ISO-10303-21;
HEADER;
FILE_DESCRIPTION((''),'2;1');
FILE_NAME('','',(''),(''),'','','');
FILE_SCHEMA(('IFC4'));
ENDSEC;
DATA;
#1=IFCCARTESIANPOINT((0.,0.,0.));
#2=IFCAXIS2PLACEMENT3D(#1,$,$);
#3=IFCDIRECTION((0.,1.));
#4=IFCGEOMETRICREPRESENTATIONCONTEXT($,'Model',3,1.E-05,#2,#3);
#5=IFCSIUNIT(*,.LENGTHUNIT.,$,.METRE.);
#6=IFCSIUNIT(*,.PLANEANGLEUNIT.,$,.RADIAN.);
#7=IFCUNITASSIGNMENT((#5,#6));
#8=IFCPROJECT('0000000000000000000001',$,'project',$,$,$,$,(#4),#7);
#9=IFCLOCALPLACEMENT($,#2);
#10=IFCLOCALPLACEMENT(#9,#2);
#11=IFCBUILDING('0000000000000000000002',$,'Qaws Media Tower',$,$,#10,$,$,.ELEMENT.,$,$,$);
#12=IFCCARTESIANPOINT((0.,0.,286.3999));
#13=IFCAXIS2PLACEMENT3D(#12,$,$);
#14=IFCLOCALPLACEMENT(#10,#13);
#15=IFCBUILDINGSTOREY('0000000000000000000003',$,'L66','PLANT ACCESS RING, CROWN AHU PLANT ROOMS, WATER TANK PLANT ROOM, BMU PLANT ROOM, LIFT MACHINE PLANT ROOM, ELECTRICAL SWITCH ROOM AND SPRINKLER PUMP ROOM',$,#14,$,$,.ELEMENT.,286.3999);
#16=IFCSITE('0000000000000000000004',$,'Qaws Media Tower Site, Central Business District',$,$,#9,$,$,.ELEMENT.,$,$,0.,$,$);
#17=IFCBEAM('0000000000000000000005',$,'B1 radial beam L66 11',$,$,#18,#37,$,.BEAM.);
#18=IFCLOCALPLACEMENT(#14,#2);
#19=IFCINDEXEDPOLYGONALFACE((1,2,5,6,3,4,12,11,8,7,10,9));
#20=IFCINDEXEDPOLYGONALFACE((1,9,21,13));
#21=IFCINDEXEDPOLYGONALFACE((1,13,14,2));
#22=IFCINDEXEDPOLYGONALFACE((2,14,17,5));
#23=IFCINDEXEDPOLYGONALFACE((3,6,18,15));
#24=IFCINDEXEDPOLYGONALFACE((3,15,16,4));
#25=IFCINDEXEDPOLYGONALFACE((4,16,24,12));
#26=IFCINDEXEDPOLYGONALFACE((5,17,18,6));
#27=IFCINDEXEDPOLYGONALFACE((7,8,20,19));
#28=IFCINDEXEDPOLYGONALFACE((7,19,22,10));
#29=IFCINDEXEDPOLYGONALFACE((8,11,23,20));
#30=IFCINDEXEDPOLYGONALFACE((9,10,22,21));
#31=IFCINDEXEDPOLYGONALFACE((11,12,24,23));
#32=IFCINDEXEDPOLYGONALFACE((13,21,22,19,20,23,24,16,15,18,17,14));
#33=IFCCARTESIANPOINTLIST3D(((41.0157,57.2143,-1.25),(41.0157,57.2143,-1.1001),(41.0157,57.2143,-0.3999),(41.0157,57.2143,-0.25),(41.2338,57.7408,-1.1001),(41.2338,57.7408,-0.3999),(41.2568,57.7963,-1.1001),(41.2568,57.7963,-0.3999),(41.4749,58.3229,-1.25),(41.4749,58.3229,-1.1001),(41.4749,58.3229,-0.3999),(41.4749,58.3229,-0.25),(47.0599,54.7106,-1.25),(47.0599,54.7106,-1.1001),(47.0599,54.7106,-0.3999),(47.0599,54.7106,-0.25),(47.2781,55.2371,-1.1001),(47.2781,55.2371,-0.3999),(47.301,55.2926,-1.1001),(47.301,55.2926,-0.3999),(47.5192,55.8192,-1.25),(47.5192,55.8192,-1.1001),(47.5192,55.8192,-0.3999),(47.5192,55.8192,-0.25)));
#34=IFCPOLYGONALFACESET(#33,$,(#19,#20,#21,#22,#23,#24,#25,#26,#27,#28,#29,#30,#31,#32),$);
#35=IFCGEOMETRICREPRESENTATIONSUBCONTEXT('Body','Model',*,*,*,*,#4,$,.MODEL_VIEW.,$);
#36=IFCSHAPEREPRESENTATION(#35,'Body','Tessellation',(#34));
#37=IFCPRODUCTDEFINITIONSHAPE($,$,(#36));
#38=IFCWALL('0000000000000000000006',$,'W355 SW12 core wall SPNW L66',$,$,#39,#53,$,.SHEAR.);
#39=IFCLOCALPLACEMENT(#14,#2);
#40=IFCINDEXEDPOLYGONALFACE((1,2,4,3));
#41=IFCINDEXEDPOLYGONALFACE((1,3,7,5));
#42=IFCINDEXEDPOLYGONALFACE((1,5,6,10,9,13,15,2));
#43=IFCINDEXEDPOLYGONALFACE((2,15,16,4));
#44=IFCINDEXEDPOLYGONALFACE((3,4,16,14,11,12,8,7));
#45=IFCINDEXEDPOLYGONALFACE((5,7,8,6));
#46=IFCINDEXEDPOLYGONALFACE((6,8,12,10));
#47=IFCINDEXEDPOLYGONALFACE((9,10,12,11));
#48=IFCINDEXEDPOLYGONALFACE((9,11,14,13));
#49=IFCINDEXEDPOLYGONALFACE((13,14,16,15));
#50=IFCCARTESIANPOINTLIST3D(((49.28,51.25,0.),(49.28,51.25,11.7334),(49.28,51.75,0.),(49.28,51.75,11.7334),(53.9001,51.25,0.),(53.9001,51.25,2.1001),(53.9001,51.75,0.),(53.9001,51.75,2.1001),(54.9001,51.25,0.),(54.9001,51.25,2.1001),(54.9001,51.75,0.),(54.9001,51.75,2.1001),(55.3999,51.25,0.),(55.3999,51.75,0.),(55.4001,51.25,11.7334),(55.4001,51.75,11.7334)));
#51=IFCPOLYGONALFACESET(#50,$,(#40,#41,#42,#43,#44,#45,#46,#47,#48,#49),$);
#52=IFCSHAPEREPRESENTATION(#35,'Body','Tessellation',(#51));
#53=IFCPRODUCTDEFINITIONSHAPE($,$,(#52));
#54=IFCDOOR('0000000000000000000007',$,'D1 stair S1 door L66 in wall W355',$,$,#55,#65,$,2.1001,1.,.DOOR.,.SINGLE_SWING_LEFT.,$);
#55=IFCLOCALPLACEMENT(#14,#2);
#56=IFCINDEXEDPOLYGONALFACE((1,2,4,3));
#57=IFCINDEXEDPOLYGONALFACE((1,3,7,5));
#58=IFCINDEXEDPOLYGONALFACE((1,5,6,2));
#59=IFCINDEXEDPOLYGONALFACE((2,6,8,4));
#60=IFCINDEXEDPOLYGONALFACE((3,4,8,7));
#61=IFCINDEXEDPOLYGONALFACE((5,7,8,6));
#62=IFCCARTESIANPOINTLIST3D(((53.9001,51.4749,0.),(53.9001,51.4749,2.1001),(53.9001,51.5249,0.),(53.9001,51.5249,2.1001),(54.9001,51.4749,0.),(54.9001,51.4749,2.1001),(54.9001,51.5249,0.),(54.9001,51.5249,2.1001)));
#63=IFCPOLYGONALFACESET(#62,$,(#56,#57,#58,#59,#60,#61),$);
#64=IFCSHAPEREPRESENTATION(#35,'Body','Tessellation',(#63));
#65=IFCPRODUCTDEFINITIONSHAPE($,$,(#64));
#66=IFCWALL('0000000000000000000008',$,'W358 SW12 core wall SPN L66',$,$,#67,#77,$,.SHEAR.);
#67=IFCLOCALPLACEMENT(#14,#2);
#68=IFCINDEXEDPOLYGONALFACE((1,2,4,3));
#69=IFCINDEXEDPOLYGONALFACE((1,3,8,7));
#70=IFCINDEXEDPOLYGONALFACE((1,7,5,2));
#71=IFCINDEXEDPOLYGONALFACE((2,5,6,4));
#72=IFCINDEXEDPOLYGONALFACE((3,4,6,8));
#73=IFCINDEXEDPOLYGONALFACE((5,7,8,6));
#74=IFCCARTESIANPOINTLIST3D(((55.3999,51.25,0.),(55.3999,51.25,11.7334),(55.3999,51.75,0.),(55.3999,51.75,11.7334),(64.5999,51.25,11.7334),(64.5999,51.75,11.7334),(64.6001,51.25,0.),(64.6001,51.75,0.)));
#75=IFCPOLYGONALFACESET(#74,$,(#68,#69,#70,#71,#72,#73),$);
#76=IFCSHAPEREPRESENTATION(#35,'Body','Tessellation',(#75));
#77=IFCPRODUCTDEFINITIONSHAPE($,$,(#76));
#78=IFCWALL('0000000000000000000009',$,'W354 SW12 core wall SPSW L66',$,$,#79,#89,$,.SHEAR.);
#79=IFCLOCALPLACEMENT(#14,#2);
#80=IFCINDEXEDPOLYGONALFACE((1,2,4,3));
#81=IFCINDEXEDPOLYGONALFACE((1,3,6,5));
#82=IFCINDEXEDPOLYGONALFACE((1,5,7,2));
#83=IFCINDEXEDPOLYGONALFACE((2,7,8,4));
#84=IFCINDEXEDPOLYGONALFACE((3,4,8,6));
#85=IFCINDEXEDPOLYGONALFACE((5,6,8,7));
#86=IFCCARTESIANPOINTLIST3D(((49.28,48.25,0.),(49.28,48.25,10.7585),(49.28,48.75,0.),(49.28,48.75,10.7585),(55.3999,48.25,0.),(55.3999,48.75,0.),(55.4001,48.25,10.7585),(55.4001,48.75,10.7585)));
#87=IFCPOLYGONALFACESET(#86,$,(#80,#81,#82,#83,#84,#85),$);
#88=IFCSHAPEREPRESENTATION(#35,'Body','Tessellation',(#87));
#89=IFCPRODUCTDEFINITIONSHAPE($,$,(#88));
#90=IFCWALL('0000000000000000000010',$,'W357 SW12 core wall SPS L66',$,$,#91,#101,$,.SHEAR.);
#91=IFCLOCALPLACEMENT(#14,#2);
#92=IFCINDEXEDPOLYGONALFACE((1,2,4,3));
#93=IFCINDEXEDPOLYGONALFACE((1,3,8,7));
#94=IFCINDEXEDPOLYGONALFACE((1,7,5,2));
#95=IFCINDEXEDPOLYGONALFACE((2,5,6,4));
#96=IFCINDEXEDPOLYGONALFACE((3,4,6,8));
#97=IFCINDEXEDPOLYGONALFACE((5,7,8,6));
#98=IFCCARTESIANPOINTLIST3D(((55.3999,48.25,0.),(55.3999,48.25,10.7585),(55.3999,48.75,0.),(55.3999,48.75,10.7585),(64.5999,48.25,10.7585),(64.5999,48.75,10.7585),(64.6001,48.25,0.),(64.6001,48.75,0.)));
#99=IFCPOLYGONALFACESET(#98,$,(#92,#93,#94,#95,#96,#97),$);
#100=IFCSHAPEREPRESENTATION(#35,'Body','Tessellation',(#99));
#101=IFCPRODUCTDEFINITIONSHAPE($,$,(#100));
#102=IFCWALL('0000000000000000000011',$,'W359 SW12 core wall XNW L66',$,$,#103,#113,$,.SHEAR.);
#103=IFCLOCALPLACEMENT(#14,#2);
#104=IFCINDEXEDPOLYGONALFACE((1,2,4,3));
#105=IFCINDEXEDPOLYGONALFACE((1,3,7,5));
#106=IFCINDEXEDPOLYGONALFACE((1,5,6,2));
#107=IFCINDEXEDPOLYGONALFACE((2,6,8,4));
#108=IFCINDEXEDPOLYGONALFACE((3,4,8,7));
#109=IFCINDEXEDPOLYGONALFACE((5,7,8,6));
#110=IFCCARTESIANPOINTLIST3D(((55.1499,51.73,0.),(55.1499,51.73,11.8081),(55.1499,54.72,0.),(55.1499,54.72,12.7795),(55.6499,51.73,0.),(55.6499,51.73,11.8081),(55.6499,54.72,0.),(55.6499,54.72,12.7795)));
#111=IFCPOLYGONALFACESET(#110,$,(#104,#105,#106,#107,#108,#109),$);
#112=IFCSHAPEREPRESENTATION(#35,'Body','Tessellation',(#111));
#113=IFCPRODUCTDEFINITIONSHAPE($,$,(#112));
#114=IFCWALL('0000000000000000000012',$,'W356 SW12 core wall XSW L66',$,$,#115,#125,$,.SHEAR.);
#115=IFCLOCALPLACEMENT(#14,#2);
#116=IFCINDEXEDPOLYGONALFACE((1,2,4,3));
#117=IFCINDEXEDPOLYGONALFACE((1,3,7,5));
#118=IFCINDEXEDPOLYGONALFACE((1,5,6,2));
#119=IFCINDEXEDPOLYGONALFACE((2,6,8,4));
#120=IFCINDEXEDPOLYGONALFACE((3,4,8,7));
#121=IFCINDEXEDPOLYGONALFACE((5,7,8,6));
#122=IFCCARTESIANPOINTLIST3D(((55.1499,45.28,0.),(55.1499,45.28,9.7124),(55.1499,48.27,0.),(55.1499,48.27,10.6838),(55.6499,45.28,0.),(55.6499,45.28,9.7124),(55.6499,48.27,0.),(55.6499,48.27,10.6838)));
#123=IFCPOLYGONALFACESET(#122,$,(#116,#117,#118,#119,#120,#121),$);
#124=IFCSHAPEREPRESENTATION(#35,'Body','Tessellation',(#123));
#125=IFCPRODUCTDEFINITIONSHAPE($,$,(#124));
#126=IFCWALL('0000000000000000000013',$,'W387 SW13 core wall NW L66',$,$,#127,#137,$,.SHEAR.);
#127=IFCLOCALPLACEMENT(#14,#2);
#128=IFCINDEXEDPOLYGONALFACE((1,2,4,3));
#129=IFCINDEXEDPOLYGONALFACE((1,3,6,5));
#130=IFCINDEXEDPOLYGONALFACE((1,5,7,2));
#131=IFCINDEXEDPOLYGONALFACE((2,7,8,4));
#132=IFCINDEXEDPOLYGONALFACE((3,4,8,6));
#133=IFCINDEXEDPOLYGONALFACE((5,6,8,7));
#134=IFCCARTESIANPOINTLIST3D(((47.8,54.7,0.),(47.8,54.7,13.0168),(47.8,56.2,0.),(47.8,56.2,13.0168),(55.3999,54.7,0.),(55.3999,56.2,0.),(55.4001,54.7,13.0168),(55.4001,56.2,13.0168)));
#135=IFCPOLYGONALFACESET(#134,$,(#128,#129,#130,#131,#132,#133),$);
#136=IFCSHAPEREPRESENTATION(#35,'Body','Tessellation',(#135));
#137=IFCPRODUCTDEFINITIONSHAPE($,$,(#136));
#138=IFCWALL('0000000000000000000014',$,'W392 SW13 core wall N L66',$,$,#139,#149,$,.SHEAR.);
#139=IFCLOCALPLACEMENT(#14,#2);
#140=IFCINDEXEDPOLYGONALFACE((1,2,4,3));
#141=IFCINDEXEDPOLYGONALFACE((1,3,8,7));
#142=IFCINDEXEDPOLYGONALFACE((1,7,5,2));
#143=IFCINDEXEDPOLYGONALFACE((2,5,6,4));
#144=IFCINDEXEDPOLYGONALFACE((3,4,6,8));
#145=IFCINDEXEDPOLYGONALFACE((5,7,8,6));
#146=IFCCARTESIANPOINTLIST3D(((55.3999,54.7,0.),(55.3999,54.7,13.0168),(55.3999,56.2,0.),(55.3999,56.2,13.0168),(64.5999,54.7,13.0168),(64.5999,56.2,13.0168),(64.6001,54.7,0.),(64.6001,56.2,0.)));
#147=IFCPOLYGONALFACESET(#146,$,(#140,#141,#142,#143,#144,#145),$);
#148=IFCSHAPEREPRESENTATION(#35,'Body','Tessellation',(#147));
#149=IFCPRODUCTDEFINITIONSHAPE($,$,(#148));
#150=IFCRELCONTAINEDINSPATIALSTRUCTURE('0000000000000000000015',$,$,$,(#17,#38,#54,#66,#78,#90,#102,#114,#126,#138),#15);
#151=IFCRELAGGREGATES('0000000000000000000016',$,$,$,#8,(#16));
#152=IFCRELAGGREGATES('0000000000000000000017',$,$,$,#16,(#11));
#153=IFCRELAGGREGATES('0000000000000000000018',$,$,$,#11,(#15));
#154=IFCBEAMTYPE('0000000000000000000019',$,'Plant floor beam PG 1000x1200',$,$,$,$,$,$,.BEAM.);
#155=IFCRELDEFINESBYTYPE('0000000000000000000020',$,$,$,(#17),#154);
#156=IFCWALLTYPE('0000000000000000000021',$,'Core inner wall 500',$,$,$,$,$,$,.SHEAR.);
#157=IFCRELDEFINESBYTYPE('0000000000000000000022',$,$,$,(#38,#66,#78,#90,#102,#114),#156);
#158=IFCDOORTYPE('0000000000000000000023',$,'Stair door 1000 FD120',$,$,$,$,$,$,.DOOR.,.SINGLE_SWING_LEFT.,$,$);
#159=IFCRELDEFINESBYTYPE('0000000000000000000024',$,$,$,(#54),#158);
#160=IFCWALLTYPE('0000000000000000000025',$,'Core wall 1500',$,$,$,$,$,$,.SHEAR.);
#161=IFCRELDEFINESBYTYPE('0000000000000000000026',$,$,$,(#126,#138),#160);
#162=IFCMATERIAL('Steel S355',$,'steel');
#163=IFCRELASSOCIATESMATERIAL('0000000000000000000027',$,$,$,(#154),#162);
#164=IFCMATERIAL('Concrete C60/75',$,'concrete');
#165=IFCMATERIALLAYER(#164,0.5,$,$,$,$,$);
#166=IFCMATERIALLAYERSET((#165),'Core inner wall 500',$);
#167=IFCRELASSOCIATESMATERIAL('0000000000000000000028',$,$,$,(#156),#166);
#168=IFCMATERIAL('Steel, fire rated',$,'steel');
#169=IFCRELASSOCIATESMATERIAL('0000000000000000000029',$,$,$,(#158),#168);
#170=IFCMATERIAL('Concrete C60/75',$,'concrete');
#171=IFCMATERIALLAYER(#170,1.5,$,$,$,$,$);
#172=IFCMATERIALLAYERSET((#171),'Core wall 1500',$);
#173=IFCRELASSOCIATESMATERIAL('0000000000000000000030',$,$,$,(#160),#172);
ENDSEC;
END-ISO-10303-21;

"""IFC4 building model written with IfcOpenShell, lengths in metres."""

from ifc_helpers import new_model, si_unit, direction, frame, frame_2d, origin, origin_2d, place, context, subcontext, project, spatial, polyline, rectangle, i_section, outline, extrude, material, layer, layer_set, material_profile, profile_set, type_object, element, fill, save


model = new_model("IFC4")

# Units and contexts
model_context = context("Model", 3, precision=1e-05, world=origin(), true_north=direction((0.0, 1.0)))
body_context = subcontext(model_context, "Body", "Model", "MODEL_VIEW")
ifc_project = project(units=[si_unit("LENGTHUNIT", "METRE"), si_unit("PLANEANGLEUNIT", "RADIAN")], contexts=[model_context])

# Site, building, storey
site_placement = place(None, origin())
site = spatial("IfcSite", under=ifc_project, at=site_placement, Name="Qaws Media Tower Site, Central Business District", CompositionType="ELEMENT", RefElevation=0.0)
building_placement = place(site_placement, origin())
building = spatial("IfcBuilding", under=site, at=building_placement, Name="Qaws Media Tower", CompositionType="ELEMENT")
storey_placement = place(building_placement, frame((0.0, 0.0, 286.3999)))
storey = spatial("IfcBuildingStorey", under=building, at=storey_placement, Name="L66", Description="PLANT ACCESS RING, CROWN AHU PLANT ROOMS, WATER TANK PLANT ROOM, BMU PLANT ROOM, LIFT MACHINE PLANT ROOM, ELECTRICAL SWITCH ROOM AND SPRINKLER PUMP ROOM", CompositionType="ELEMENT", Elevation=286.3999)

# Beam
ifc_material_1 = material(Name="Steel S355", Category="steel")
ifc_material_profile_1 = material_profile(ifc_material_1, i_section(OverallWidth=1.2, OverallDepth=1.0, WebThickness=0.0601, FlangeThickness=0.1499, at=origin_2d()), Name="PG 1000x1200")
ifc_profile_set_1 = profile_set([ifc_material_profile_1], Name="Steel S355")
beam_type_1 = type_object("IfcBeamType", Name="Plant floor beam PG 1000x1200", PredefinedType="BEAM", material=ifc_profile_set_1)
beam_1_placement = place(storey_placement, frame((47.2896, 55.2649, -0.75), z_axis=(-0.923875, 0.382693, 0.0), x_axis=(-0.382693, -0.923875, 0.0)))
element("IfcBeam", 1, at=beam_1_placement, inside=storey, type_object=beam_type_1, Name="B1 radial beam L66 11", PredefinedType="BEAM", context=body_context, shape_type="SweptSolid", body=[
    extrude(i_section(OverallWidth=1.2, OverallDepth=1.0, WebThickness=0.0601, FlangeThickness=0.1499, at=origin_2d()), origin(), (0.0, 0.0, 1.0), 6.5422),
])

# Wall, opening, door
ifc_material_2 = material(Name="Concrete C60/75", Category="concrete")
ifc_layer_1 = layer(ifc_material_2, 0.5)
ifc_layer_set_1 = layer_set([ifc_layer_1], Name="Core inner wall 500")
wall_type_1 = type_object("IfcWallType", Name="Core inner wall 500", PredefinedType="SHEAR", material=ifc_layer_set_1)
wall_1_placement = place(storey_placement, frame((49.28, 51.5, 0.0), z_axis=(0.0, 0.0, 1.0), x_axis=(1.0, 0.0, 0.0)))
wall_1 = element("IfcWall", 2, at=wall_1_placement, inside=storey, type_object=wall_type_1, Name="W355 SW12 core wall SPNW L66", PredefinedType="SHEAR", context=body_context, shape_type="SweptSolid", body=[
    extrude(outline(polyline([(0.0, 0.0), (6.1199, 0.0), (6.1201, 11.7334), (0.0, 11.7334), (0.0, 0.0)])), frame((0.0, 0.25, 0.0), z_axis=(0.0, -1.0, 0.0), x_axis=(1.0, 0.0, 0.0)), (0.0, 0.0, 1.0), 0.5),
])
opening_1_placement = place(wall_1_placement, frame((4.6201, 0.0, 0.0)))
opening_1 = element("IfcOpeningElement", 3, at=opening_1_placement, cuts=wall_1, PredefinedType="OPENING", context=body_context, shape_type="SweptSolid", body=[
    extrude(rectangle(XDim=1.0, YDim=2.1001, at=frame_2d((0.5, 1.05))), frame((0.0, 0.26, 0.0), z_axis=(0.0, -1.0, 0.0), x_axis=(1.0, 0.0, 0.0)), (0.0, 0.0, 1.0), 0.52),
])
ifc_material_3 = material(Name="Steel, fire rated", Category="steel")
door_type_1 = type_object("IfcDoorType", Name="Stair door 1000 FD120", OperationType="SINGLE_SWING_LEFT", PredefinedType="DOOR", material=ifc_material_3)
door_1_placement = place(opening_1_placement, origin())
door_1 = element("IfcDoor", 4, at=door_1_placement, inside=storey, type_object=door_type_1, Name="D1 stair S1 door L66 in wall W355", OperationType="SINGLE_SWING_LEFT", OverallHeight=2.1001, OverallWidth=1.0, PredefinedType="DOOR", context=body_context, shape_type="SweptSolid", body=[
    extrude(rectangle(XDim=1.0, YDim=2.1001, at=frame_2d((0.5, 1.05))), frame((0.0, 0.0249, 0.0), z_axis=(0.0, -1.0, 0.0), x_axis=(1.0, 0.0, 0.0)), (0.0, 0.0, 1.0), 0.05),
])
fill(opening_1, door_1)

# Walls
wall_2_placement = place(storey_placement, frame((55.3999, 51.5, 0.0), z_axis=(0.0, 0.0, 1.0), x_axis=(1.0, 0.0, 0.0)))
element("IfcWall", 5, at=wall_2_placement, inside=storey, type_object=wall_type_1, Name="W358 SW12 core wall SPN L66", PredefinedType="SHEAR", context=body_context, shape_type="SweptSolid", body=[
    extrude(outline(polyline([(0.0, 0.0), (9.2002, 0.0), (9.2, 11.7334), (0.0, 11.7334), (0.0, 0.0)])), frame((0.0, 0.25, 0.0), z_axis=(0.0, -1.0, 0.0), x_axis=(1.0, 0.0, 0.0)), (0.0, 0.0, 1.0), 0.5),
])
wall_3_placement = place(storey_placement, frame((49.28, 48.5, 0.0), z_axis=(0.0, 0.0, 1.0), x_axis=(1.0, 0.0, 0.0)))
element("IfcWall", 6, at=wall_3_placement, inside=storey, type_object=wall_type_1, Name="W354 SW12 core wall SPSW L66", PredefinedType="SHEAR", context=body_context, shape_type="SweptSolid", body=[
    extrude(outline(polyline([(0.0, 0.0), (6.1199, 0.0), (6.1201, 10.7585), (0.0, 10.7585), (0.0, 0.0)])), frame((0.0, 0.25, 0.0), z_axis=(0.0, -1.0, 0.0), x_axis=(1.0, 0.0, 0.0)), (0.0, 0.0, 1.0), 0.5),
])
wall_4_placement = place(storey_placement, frame((55.3999, 48.5, 0.0), z_axis=(0.0, 0.0, 1.0), x_axis=(1.0, 0.0, 0.0)))
element("IfcWall", 7, at=wall_4_placement, inside=storey, type_object=wall_type_1, Name="W357 SW12 core wall SPS L66", PredefinedType="SHEAR", context=body_context, shape_type="SweptSolid", body=[
    extrude(outline(polyline([(0.0, 0.0), (9.2002, 0.0), (9.2, 10.7585), (0.0, 10.7585), (0.0, 0.0)])), frame((0.0, 0.25, 0.0), z_axis=(0.0, -1.0, 0.0), x_axis=(1.0, 0.0, 0.0)), (0.0, 0.0, 1.0), 0.5),
])
wall_5_placement = place(storey_placement, frame((55.3999, 51.73, 0.0), z_axis=(0.0, 0.0, 1.0), x_axis=(0.0, 1.0, 0.0)))
element("IfcWall", 8, at=wall_5_placement, inside=storey, type_object=wall_type_1, Name="W359 SW12 core wall XNW L66", PredefinedType="SHEAR", context=body_context, shape_type="SweptSolid", body=[
    extrude(outline(polyline([(0.0, 0.0), (2.99, 0.0), (2.99, 12.7795), (0.0, 11.8081), (0.0, 0.0)])), frame((0.0, 0.25, 0.0), z_axis=(0.0, -1.0, 0.0), x_axis=(1.0, 0.0, 0.0)), (0.0, 0.0, 1.0), 0.5),
])
wall_6_placement = place(storey_placement, frame((55.3999, 48.27, 0.0), z_axis=(0.0, 0.0, 1.0), x_axis=(0.0, -1.0, 0.0)))
element("IfcWall", 9, at=wall_6_placement, inside=storey, type_object=wall_type_1, Name="W356 SW12 core wall XSW L66", PredefinedType="SHEAR", context=body_context, shape_type="SweptSolid", body=[
    extrude(outline(polyline([(0.0, 0.0), (2.99, 0.0), (2.99, 9.7124), (0.0, 10.6838), (0.0, 0.0)])), frame((0.0, 0.25, 0.0), z_axis=(0.0, -1.0, 0.0), x_axis=(1.0, 0.0, 0.0)), (0.0, 0.0, 1.0), 0.5),
])
ifc_material_4 = material(Name="Concrete C60/75", Category="concrete")
ifc_layer_2 = layer(ifc_material_4, 1.5)
ifc_layer_set_2 = layer_set([ifc_layer_2], Name="Core wall 1500")
wall_type_2 = type_object("IfcWallType", Name="Core wall 1500", PredefinedType="SHEAR", material=ifc_layer_set_2)
wall_7_placement = place(storey_placement, frame((47.8, 55.45, 0.0), z_axis=(0.0, 0.0, 1.0), x_axis=(1.0, 0.0, 0.0)))
element("IfcWall", 10, at=wall_7_placement, inside=storey, type_object=wall_type_2, Name="W387 SW13 core wall NW L66", PredefinedType="SHEAR", context=body_context, shape_type="SweptSolid", body=[
    extrude(outline(polyline([(0.0, 0.0), (7.5999, 0.0), (7.6001, 13.0168), (0.0, 13.0168), (0.0, 0.0)])), frame((0.0, 0.75, 0.0), z_axis=(0.0, -1.0, 0.0), x_axis=(1.0, 0.0, 0.0)), (0.0, 0.0, 1.0), 1.5),
])
wall_8_placement = place(storey_placement, frame((55.3999, 55.45, 0.0), z_axis=(0.0, 0.0, 1.0), x_axis=(1.0, 0.0, 0.0)))
element("IfcWall", 11, at=wall_8_placement, inside=storey, type_object=wall_type_2, Name="W392 SW13 core wall N L66", PredefinedType="SHEAR", context=body_context, shape_type="SweptSolid", body=[
    extrude(outline(polyline([(0.0, 0.0), (9.2002, 0.0), (9.2, 13.0168), (0.0, 13.0168), (0.0, 0.0)])), frame((0.0, 0.75, 0.0), z_axis=(0.0, -1.0, 0.0), x_axis=(1.0, 0.0, 0.0)), (0.0, 0.0, 1.0), 1.5),
])

save(model, "model.ifc")
